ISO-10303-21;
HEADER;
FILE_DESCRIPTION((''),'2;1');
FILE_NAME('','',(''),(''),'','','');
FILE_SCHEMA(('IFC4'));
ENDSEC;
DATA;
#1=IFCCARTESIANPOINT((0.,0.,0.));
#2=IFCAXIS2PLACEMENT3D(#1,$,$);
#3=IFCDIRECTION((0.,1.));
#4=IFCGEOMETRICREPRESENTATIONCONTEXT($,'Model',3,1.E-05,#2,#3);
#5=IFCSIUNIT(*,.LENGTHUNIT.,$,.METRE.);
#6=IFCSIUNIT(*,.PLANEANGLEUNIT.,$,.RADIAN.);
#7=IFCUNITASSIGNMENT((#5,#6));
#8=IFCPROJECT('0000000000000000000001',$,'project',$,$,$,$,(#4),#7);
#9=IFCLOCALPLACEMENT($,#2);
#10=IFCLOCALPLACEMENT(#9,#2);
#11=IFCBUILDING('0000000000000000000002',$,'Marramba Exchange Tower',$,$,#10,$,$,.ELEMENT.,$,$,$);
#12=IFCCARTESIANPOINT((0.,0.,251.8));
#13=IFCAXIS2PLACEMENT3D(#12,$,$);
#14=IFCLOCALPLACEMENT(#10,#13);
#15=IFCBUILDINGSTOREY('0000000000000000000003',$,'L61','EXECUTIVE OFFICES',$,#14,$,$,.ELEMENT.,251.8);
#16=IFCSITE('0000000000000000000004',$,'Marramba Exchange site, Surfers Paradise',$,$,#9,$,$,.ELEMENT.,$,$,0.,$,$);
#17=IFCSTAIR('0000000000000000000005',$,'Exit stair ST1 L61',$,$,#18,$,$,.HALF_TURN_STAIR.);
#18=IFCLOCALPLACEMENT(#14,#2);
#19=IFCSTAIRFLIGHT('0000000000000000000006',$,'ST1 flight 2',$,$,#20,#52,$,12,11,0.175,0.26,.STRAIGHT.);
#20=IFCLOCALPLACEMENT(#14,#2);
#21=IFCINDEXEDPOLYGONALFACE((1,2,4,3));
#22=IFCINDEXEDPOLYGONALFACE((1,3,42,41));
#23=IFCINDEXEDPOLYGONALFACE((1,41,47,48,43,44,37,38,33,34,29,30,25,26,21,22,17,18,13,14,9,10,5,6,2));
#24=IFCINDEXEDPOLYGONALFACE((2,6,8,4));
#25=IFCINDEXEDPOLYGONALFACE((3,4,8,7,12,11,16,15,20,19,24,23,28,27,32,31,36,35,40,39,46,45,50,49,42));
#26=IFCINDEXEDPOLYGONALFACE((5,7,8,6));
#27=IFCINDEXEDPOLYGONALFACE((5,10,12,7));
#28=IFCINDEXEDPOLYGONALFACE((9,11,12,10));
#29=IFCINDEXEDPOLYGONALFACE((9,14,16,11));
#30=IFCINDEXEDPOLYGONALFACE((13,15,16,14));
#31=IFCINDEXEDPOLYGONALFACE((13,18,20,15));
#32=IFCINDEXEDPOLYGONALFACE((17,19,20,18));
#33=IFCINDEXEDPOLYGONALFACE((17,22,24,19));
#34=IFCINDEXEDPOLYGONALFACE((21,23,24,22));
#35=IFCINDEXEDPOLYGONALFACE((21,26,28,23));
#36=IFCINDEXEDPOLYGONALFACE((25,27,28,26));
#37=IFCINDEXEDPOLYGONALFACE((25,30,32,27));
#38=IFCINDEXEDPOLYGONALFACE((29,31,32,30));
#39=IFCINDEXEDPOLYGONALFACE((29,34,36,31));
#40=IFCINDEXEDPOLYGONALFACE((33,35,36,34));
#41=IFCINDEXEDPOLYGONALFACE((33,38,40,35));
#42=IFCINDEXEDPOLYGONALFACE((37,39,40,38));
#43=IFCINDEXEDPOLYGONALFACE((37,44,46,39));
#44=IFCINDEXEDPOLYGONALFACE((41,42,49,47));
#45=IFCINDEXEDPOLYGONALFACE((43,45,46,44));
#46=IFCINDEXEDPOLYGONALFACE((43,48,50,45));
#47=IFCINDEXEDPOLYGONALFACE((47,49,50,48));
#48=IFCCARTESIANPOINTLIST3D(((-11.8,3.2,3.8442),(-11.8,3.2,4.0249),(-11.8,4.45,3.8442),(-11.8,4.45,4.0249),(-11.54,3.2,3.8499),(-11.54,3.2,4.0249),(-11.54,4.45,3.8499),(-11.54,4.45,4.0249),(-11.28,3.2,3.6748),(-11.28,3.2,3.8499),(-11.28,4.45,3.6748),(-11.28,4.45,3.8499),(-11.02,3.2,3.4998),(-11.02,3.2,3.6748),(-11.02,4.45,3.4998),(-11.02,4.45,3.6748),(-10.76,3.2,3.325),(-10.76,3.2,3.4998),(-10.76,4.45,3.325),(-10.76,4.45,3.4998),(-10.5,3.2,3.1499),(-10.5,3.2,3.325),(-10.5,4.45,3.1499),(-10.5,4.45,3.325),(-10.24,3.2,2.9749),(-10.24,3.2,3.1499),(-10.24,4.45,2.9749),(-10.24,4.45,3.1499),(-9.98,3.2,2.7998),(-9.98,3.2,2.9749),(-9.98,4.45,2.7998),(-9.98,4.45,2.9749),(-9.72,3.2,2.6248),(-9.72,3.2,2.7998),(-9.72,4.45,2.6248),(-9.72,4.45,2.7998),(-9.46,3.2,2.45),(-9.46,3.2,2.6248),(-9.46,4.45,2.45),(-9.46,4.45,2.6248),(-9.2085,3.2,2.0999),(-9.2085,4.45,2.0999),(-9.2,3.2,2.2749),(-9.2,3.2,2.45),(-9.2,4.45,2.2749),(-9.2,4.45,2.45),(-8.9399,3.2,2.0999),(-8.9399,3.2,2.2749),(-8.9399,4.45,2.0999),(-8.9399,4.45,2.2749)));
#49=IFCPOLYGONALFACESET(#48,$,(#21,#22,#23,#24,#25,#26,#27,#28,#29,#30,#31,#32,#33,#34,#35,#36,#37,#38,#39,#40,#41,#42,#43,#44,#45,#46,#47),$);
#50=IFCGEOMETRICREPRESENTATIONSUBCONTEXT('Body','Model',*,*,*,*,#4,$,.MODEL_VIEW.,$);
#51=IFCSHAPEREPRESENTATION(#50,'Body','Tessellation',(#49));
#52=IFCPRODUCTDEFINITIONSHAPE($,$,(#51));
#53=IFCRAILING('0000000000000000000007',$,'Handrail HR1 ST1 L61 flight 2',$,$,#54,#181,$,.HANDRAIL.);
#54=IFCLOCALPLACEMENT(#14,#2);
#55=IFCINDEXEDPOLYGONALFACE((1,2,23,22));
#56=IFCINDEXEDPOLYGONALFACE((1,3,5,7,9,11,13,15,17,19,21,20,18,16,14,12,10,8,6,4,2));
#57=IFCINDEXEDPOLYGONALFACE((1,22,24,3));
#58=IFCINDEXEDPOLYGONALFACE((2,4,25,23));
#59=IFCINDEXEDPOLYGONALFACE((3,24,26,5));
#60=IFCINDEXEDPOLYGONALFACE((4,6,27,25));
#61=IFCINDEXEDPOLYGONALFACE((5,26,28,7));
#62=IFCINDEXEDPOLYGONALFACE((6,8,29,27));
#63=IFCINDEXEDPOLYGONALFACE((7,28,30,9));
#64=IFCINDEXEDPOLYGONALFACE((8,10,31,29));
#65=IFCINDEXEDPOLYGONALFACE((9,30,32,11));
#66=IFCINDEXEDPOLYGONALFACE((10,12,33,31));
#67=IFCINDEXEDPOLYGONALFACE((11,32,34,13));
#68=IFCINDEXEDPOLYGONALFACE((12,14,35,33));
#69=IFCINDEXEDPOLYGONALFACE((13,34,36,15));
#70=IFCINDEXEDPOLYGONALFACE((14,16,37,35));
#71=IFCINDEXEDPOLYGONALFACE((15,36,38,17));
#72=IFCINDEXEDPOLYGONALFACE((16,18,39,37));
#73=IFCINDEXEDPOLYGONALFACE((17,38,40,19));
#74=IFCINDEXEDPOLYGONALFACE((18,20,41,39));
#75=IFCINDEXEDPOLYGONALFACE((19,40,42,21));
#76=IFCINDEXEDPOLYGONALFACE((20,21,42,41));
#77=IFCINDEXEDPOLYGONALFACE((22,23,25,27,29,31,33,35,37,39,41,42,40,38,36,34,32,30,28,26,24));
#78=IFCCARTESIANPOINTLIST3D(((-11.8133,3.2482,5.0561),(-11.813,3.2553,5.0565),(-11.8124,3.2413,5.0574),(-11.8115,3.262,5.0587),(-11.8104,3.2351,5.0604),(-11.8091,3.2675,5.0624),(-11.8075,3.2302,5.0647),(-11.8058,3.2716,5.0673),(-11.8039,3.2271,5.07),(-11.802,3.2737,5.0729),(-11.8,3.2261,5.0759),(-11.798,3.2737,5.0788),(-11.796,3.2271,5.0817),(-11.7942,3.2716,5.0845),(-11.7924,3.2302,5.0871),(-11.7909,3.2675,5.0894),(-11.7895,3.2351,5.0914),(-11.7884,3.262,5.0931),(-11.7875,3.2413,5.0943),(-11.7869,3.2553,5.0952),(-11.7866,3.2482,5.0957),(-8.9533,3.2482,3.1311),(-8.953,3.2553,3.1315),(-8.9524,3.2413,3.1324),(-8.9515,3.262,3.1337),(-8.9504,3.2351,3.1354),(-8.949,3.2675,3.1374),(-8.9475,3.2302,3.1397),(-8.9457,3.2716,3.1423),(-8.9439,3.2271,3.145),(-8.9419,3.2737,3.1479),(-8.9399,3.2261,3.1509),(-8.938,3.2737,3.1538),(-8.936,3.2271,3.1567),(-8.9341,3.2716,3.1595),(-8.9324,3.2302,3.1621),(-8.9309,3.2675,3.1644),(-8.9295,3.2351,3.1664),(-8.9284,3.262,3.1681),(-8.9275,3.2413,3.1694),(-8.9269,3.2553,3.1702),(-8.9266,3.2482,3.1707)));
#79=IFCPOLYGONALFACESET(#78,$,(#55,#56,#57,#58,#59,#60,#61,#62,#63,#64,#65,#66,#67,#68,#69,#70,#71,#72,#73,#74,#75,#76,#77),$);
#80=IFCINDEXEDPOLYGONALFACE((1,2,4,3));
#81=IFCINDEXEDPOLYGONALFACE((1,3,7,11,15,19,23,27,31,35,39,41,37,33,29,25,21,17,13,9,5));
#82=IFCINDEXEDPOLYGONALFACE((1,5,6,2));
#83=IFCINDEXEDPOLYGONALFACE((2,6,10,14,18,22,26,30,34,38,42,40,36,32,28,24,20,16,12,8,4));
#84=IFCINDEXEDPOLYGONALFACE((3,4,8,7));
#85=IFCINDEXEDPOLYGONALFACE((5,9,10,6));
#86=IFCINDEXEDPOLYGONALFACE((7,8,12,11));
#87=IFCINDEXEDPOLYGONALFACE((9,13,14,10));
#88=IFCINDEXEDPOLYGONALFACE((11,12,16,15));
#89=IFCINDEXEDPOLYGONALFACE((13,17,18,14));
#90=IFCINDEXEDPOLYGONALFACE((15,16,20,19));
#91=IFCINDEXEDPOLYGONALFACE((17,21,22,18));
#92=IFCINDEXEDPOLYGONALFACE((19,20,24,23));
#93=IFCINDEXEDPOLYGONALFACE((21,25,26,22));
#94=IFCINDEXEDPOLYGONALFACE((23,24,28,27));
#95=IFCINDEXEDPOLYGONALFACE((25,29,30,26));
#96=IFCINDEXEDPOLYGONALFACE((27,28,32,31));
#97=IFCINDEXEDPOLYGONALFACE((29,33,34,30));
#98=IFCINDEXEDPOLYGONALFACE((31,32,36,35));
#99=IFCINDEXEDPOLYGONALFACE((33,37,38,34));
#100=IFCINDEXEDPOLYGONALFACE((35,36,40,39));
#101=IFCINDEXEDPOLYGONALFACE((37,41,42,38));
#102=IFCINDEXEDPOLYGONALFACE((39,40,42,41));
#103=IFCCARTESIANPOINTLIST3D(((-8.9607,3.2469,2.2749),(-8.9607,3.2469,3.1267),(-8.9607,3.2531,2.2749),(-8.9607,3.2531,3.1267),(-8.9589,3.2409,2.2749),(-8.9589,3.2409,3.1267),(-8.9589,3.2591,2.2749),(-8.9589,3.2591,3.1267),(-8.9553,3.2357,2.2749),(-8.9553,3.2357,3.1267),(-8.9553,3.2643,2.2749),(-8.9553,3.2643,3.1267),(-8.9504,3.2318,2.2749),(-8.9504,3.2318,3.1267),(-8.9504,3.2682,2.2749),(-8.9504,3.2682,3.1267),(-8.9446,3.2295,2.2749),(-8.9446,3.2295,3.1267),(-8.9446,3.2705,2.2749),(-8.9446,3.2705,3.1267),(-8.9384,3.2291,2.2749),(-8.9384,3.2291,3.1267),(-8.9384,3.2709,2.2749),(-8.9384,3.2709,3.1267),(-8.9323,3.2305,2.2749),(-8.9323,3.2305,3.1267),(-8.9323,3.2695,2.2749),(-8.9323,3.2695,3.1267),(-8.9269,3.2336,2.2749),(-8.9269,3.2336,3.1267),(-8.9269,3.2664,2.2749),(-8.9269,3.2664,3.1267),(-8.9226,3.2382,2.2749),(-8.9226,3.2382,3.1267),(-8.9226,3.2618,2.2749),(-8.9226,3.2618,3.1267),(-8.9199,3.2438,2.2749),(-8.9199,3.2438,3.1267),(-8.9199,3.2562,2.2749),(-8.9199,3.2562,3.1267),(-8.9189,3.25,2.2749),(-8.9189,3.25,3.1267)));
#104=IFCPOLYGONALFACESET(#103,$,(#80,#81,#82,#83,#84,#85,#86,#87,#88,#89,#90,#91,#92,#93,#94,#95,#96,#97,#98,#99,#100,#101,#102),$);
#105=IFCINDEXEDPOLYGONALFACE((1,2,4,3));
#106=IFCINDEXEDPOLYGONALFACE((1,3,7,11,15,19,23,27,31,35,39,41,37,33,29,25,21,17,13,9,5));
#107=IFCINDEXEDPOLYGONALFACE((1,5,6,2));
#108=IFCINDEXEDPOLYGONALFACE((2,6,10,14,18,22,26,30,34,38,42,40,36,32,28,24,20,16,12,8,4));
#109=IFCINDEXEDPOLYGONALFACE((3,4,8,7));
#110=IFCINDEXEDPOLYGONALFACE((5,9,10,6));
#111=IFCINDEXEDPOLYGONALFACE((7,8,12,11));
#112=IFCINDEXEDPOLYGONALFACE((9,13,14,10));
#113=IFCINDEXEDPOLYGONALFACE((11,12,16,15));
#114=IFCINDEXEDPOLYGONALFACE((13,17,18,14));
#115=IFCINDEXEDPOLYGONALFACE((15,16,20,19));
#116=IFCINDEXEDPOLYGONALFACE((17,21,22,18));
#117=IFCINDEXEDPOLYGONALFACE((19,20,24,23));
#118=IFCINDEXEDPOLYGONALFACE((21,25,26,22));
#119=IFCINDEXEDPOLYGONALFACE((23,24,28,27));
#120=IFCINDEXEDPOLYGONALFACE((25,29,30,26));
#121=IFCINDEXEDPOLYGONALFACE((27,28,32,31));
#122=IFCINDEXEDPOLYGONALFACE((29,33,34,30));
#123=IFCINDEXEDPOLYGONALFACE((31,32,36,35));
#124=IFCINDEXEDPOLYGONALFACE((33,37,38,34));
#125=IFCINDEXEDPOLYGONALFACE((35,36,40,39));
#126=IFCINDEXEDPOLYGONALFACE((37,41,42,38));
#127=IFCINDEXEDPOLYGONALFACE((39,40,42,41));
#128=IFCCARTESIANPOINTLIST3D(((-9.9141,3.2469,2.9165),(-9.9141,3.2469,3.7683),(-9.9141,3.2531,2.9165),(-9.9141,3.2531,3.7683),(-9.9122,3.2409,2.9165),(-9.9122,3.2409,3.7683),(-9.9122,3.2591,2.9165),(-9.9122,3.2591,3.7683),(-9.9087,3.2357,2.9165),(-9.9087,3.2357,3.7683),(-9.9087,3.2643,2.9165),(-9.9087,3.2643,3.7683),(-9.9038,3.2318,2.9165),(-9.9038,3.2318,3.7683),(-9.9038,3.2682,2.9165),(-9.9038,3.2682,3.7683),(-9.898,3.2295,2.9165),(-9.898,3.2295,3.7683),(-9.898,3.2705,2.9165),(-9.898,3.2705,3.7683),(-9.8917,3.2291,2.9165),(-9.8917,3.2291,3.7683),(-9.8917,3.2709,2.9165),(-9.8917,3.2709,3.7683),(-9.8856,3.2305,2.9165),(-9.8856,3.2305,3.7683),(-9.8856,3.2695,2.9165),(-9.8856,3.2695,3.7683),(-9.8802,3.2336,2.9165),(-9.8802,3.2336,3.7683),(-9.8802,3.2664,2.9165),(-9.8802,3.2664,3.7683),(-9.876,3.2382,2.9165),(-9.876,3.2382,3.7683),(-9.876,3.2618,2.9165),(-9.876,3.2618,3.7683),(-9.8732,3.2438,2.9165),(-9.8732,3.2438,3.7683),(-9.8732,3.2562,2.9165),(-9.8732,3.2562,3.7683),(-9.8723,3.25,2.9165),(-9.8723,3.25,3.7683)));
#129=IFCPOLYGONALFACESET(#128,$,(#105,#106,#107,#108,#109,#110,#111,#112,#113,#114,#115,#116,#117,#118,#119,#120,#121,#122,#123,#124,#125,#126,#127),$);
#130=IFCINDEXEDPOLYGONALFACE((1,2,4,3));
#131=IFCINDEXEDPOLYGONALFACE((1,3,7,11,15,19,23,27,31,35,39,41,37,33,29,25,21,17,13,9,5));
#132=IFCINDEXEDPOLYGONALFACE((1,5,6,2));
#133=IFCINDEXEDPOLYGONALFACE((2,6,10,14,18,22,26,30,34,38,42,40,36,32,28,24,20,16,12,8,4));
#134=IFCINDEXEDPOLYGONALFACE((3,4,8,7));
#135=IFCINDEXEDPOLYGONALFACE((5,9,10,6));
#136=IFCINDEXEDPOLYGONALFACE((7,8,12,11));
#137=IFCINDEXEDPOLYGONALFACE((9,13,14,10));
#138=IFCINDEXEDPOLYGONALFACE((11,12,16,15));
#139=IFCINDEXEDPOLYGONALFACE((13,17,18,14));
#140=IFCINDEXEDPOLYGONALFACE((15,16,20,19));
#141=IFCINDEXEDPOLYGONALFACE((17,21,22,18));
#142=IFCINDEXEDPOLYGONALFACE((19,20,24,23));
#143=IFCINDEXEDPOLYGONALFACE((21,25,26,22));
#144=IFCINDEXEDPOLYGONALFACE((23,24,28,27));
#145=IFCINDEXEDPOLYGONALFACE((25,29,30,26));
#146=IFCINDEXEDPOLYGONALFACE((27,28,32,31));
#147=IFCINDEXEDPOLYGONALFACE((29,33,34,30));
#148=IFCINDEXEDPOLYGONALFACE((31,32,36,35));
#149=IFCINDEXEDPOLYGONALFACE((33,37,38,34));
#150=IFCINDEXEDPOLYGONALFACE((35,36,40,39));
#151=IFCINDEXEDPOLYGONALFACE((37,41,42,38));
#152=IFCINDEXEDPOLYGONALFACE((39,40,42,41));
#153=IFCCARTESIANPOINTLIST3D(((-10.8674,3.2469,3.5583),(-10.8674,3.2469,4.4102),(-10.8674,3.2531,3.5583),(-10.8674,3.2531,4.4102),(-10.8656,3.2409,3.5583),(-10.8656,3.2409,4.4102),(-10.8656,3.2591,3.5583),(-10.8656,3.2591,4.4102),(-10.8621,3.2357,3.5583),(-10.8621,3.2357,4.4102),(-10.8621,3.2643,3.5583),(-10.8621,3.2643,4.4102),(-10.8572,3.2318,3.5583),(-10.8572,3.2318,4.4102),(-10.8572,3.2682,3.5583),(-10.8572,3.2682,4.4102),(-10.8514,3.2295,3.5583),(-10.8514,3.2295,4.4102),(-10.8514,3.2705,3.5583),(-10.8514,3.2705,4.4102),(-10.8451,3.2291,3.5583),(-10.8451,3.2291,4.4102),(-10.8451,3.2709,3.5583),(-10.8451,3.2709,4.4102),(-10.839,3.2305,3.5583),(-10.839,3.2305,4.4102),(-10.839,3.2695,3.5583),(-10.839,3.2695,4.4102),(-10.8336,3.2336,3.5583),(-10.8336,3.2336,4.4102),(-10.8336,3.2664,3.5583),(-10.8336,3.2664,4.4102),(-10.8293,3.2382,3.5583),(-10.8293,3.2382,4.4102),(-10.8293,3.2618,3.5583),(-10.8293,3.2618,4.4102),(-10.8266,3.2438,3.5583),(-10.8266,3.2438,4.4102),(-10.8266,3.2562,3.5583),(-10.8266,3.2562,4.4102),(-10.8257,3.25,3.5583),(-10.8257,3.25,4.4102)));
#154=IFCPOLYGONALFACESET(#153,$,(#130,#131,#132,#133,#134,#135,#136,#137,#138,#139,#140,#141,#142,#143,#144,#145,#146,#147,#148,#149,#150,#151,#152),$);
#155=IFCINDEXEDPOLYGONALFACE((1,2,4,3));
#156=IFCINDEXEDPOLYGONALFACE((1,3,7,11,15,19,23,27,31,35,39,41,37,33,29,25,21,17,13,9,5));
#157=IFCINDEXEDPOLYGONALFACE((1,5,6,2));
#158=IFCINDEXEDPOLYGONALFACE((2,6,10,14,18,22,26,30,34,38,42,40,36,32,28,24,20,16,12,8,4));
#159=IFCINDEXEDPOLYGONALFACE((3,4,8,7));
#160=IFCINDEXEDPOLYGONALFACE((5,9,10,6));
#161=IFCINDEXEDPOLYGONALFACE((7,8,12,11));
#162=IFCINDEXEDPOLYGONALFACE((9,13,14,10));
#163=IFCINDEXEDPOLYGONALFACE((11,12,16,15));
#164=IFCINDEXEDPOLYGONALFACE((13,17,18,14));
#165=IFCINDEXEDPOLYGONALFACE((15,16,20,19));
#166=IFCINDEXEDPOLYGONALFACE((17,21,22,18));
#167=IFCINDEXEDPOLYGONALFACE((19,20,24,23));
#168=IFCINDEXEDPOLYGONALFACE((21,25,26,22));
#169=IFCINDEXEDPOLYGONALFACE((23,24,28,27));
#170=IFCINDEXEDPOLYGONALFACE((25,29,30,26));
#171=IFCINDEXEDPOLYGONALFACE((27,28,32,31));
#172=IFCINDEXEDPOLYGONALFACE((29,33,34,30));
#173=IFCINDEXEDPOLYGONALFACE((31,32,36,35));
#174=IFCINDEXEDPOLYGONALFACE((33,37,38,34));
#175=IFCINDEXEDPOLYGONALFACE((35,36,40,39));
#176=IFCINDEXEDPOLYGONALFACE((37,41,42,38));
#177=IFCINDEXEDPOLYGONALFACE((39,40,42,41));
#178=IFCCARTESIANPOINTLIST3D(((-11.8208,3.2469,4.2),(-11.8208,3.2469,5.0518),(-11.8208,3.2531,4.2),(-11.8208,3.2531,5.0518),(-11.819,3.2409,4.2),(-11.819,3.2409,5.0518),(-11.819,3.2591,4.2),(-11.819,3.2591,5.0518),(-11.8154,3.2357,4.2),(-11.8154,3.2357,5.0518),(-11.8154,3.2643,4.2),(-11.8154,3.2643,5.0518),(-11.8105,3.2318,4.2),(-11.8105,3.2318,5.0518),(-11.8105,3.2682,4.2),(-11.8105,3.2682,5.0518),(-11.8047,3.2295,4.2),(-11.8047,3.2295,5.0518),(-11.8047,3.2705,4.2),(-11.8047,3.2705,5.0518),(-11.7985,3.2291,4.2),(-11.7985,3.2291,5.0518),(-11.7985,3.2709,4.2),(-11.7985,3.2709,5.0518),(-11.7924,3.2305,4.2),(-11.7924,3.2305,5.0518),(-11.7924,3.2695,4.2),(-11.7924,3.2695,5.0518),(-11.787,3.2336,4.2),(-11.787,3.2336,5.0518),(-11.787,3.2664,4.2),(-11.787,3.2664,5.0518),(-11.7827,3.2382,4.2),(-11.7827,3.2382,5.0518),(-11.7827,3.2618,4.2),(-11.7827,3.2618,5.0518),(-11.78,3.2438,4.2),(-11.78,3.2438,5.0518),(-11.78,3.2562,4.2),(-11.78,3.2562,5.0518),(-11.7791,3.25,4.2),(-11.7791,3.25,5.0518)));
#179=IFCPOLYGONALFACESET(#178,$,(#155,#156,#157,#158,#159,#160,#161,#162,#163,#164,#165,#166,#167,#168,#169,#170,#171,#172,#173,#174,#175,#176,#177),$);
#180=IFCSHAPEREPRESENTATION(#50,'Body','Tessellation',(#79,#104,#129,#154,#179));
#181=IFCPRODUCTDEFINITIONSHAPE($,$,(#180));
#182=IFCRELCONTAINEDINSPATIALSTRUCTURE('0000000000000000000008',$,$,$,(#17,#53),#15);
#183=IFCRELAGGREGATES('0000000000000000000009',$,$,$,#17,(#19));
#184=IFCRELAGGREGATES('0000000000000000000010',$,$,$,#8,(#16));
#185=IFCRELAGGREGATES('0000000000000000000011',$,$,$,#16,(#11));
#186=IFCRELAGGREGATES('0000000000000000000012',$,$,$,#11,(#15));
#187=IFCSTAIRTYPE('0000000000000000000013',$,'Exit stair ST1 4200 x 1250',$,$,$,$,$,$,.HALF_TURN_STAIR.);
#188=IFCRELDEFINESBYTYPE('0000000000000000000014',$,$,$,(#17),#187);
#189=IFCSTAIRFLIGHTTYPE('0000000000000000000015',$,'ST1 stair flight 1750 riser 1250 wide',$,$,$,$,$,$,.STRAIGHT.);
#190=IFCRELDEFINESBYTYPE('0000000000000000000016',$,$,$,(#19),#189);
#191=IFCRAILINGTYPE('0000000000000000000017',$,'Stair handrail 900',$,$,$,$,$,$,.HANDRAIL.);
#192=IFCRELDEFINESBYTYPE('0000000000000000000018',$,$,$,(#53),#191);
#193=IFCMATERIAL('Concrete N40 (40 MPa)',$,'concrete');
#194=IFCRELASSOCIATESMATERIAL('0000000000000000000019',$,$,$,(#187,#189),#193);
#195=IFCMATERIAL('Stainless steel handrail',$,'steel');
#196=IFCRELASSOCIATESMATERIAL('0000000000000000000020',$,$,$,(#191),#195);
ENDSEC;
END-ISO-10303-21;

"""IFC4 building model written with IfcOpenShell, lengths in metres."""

from ifc_helpers import new_model, si_unit, direction, frame, origin, origin_2d, place, context, subcontext, project, spatial, polyline, circle, outline, extrude, material, type_object, element, aggregate, save


model = new_model("IFC4")

# Units and contexts
model_context = context("Model", 3, precision=1e-05, world=origin(), true_north=direction((0.0, 1.0)))
body_context = subcontext(model_context, "Body", "Model", "MODEL_VIEW")
ifc_project = project(units=[si_unit("LENGTHUNIT", "METRE"), si_unit("PLANEANGLEUNIT", "RADIAN")], contexts=[model_context])

# Site, building, storey
site_placement = place(None, origin())
site = spatial("IfcSite", under=ifc_project, at=site_placement, Name="Marramba Exchange site, Surfers Paradise", CompositionType="ELEMENT", RefElevation=0.0)
building_placement = place(site_placement, origin())
building = spatial("IfcBuilding", under=site, at=building_placement, Name="Marramba Exchange Tower", CompositionType="ELEMENT")
storey_placement = place(building_placement, frame((0.0, 0.0, 251.8)))
storey = spatial("IfcBuildingStorey", under=building, at=storey_placement, Name="L61", Description="EXECUTIVE OFFICES", CompositionType="ELEMENT", Elevation=251.8)

# Stair, stair flight
ifc_material_1 = material(Name="Concrete N40 (40 MPa)", Category="concrete")
stair_type = type_object("IfcStairType", Name="Exit stair ST1 4200 x 1250", PredefinedType="HALF_TURN_STAIR", material=ifc_material_1)
stair_placement = place(storey_placement, origin())
stair = element("IfcStair", 1, at=stair_placement, inside=storey, type_object=stair_type, Name="Exit stair ST1 L61", PredefinedType="HALF_TURN_STAIR")
stair_flight_type = type_object("IfcStairFlightType", Name="ST1 stair flight 1750 riser 1250 wide", PredefinedType="STRAIGHT", material=ifc_material_1)
stair_flight_placement = place(storey_placement, frame((-8.9399, 3.825, 2.0999), z_axis=(0.0, 0.0, 1.0), x_axis=(-1.0, 0.0, 0.0)))
stair_flight = element("IfcStairFlight", 2, at=stair_flight_placement, type_object=stair_flight_type, Name="ST1 flight 2", NumberOfRisers=12, NumberOfTreads=11, PredefinedType="STRAIGHT", RiserHeight=0.175, TreadLength=0.26, context=body_context, shape_type="SweptSolid", body=[
    extrude(outline(polyline([(0.0, 0.0), (0.0, 0.175), (0.26, 0.175), (0.26, 0.3501), (0.52, 0.3501), (0.52, 0.5249), (0.78, 0.5249), (0.78, 0.7), (1.04, 0.7), (1.04, 0.875), (1.3, 0.875), (1.3, 1.05), (1.5601, 1.05), (1.5601, 1.2251), (1.8201, 1.2251), (1.8201, 1.3999), (2.0801, 1.3999), (2.0801, 1.575), (2.3401, 1.575), (2.3401, 1.75), (2.6001, 1.75), (2.6001, 1.925), (2.8601, 1.925), (2.8601, 2.1001), (2.8601, 1.7444), (0.2686, 0.0), (0.0, 0.0)])), frame((0.0, 0.625, 0.0), z_axis=(0.0, -1.0, 0.0), x_axis=(1.0, 0.0, 0.0)), (0.0, 0.0, 1.0), 1.25),
])
aggregate(stair, [stair_flight])

# Railing
ifc_material_2 = material(Name="Stainless steel handrail", Category="steel")
railing_type = type_object("IfcRailingType", Name="Stair handrail 900", PredefinedType="HANDRAIL", material=ifc_material_2)
railing_placement = place(storey_placement, frame((-8.9399, 3.25, 2.2749)))
element("IfcRailing", 3, at=railing_placement, inside=storey, type_object=railing_type, Name="Handrail HR1 ST1 L61 flight 2", PredefinedType="HANDRAIL", context=body_context, shape_type="SweptSolid", body=[
    extrude(circle(Radius=0.0239, at=origin_2d()), frame((0.0, 0.0, 0.876), z_axis=(-0.829591, 0.0, 0.558372), x_axis=(0.0, -1.0, 0.0)), (0.0, 0.0, 1.0), 3.4475),
    extrude(circle(Radius=0.021, at=origin_2d()), origin(), (0.0, 0.0, 1.0), 0.8518),
    extrude(circle(Radius=0.021, at=origin_2d()), frame((-0.9534, 0.0, 0.6416)), (0.0, 0.0, 1.0), 0.8518),
    extrude(circle(Radius=0.021, at=origin_2d()), frame((-1.9067, 0.0, 1.2834)), (0.0, 0.0, 1.0), 0.8518),
    extrude(circle(Radius=0.021, at=origin_2d()), frame((-2.8601, 0.0, 1.925)), (0.0, 0.0, 1.0), 0.8518),
])

save(model, "model.ifc")
